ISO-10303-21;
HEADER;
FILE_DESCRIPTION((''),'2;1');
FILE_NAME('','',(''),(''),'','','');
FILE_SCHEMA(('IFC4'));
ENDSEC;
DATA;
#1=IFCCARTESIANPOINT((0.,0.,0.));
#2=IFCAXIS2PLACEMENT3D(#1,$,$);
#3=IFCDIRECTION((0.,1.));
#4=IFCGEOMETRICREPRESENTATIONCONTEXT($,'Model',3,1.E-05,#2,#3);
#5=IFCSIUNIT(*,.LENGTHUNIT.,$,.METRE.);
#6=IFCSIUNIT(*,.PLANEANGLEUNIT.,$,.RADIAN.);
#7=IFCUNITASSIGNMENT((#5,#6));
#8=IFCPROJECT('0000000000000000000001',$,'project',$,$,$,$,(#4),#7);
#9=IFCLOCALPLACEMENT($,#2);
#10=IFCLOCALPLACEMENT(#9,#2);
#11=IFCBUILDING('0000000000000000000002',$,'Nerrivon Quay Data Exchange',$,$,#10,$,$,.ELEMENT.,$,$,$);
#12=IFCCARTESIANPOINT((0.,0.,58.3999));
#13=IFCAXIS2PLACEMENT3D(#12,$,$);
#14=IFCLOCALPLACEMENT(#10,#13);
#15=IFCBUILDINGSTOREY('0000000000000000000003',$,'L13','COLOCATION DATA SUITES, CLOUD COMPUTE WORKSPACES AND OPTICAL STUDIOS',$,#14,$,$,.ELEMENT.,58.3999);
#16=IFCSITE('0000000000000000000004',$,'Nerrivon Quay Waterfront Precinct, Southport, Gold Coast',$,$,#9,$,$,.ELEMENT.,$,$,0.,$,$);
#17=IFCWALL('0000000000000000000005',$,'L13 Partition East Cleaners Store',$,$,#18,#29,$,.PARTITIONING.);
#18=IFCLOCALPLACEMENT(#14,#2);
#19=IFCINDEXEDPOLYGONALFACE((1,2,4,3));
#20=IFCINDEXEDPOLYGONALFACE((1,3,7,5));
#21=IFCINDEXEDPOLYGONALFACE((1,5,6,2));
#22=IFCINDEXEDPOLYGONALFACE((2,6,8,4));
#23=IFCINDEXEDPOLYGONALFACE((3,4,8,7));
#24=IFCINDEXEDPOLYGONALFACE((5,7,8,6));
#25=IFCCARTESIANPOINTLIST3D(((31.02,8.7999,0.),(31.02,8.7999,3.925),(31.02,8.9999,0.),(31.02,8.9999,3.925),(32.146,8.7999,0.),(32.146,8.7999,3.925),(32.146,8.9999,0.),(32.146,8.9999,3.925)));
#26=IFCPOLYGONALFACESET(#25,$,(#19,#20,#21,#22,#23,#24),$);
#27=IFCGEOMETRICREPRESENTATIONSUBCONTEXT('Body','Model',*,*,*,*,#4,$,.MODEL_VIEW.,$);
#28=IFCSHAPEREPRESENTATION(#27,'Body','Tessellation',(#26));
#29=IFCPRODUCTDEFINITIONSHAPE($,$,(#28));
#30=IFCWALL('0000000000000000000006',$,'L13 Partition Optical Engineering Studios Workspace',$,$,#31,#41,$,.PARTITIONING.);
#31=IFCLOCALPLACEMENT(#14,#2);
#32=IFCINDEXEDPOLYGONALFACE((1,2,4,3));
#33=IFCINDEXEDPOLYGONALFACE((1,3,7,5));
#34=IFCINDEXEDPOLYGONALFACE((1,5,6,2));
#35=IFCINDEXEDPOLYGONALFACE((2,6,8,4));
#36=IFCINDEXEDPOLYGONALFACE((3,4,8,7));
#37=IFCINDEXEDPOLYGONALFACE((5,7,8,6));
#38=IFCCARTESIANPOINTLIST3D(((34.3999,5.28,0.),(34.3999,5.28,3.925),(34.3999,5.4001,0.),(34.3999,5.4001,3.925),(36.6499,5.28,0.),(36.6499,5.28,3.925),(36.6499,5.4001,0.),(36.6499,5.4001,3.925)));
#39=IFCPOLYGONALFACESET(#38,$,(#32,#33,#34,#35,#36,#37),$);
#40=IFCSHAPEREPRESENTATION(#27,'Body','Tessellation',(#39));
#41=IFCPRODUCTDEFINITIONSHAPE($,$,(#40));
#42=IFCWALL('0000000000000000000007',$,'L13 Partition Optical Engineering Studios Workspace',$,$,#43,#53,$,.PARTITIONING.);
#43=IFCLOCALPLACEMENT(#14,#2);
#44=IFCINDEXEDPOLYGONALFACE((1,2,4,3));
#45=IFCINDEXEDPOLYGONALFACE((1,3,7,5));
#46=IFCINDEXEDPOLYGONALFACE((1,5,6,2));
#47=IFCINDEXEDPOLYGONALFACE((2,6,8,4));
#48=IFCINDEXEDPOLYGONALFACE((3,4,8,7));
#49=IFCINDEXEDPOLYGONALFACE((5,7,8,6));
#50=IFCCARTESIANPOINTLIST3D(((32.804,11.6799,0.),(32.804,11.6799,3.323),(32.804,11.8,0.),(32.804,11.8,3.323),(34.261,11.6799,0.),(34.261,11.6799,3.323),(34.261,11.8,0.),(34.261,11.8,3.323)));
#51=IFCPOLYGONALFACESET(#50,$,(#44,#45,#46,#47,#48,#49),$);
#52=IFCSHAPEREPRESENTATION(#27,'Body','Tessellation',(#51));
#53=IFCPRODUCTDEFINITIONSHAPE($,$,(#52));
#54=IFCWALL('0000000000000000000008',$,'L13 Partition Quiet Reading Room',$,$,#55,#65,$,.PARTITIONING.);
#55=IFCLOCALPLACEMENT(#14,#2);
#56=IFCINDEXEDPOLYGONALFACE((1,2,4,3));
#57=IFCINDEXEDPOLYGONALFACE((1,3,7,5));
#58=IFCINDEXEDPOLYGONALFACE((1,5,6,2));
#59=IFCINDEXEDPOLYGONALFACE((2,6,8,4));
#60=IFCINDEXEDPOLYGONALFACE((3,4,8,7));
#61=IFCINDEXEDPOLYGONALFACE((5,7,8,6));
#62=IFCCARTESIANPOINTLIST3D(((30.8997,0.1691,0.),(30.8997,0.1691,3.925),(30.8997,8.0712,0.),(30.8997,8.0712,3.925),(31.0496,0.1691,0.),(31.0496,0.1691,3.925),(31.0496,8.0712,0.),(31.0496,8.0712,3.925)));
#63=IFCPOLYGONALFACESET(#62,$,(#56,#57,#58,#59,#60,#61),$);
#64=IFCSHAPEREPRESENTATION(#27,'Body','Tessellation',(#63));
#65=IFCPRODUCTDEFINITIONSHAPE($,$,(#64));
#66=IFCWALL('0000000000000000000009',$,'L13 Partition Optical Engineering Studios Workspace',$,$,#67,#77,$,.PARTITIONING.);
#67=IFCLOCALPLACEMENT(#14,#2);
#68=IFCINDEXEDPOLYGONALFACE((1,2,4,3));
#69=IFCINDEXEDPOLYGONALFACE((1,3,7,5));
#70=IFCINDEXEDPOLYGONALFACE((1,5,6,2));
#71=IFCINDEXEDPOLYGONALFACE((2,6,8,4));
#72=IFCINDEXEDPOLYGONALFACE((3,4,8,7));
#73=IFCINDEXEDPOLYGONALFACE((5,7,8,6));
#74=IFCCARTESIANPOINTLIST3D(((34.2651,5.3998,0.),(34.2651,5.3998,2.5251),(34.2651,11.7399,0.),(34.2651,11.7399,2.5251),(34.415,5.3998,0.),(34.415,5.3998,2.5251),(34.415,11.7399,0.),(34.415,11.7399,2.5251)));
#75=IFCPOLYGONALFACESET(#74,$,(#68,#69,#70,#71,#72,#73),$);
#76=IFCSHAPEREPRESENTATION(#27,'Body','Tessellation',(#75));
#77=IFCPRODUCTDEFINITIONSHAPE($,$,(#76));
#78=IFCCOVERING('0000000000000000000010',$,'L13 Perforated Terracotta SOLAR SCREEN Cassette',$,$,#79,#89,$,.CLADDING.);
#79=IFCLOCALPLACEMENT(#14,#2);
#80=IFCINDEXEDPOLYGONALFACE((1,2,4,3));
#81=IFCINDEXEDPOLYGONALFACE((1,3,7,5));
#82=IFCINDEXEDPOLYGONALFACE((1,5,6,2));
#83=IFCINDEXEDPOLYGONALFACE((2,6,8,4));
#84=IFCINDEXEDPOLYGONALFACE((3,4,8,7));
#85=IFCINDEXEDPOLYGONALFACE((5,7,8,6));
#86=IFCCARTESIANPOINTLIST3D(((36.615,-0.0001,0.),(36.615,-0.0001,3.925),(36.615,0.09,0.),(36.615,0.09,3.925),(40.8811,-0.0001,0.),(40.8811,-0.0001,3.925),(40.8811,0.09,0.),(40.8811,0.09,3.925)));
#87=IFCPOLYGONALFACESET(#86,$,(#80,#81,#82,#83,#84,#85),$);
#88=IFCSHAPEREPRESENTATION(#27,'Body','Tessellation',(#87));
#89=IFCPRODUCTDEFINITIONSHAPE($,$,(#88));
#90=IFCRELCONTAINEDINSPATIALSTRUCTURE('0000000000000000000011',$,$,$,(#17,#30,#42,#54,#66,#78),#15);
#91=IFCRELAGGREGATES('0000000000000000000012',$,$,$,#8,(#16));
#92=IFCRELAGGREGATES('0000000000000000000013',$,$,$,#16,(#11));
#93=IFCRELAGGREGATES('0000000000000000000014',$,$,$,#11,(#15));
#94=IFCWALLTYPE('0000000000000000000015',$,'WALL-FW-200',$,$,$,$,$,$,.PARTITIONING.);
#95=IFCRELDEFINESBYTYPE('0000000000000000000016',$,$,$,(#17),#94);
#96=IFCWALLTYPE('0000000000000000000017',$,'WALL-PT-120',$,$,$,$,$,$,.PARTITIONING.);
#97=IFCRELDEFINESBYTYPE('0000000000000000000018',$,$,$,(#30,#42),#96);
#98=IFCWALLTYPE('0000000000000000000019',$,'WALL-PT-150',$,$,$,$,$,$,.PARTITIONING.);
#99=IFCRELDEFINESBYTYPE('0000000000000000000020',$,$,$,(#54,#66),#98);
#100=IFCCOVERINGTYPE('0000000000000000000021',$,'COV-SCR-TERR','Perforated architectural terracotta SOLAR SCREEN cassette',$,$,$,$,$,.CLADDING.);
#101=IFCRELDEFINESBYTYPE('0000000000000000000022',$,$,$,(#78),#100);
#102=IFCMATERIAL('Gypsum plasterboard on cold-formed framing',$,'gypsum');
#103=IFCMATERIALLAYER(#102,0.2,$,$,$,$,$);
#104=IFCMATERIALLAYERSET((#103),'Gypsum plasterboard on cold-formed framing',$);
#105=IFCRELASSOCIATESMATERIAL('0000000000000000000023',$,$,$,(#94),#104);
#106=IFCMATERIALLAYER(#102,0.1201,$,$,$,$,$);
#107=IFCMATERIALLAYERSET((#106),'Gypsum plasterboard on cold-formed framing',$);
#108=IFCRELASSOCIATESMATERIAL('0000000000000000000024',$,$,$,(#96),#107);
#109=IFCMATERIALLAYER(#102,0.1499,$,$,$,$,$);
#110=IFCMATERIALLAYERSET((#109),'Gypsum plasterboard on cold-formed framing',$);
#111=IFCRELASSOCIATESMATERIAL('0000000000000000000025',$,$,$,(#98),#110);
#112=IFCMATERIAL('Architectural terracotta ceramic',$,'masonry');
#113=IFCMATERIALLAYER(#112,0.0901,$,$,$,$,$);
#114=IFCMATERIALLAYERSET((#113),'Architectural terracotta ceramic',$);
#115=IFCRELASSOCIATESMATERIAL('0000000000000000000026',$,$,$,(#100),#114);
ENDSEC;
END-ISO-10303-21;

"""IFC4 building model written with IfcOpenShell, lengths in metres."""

from ifc_helpers import new_model, si_unit, direction, frame, frame_2d, origin, origin_2d, place, context, subcontext, project, spatial, rectangle, extrude, material, layer, layer_set, type_object, element, save


model = new_model("IFC4")

# Units and contexts
model_context = context("Model", 3, precision=1e-05, world=origin(), true_north=direction((0.0, 1.0)))
body_context = subcontext(model_context, "Body", "Model", "MODEL_VIEW")
ifc_project = project(units=[si_unit("LENGTHUNIT", "METRE"), si_unit("PLANEANGLEUNIT", "RADIAN")], contexts=[model_context])

# Site, building, storey
site_placement = place(None, origin())
site = spatial("IfcSite", under=ifc_project, at=site_placement, Name="Nerrivon Quay Waterfront Precinct, Southport, Gold Coast", CompositionType="ELEMENT", RefElevation=0.0)
building_placement = place(site_placement, origin())
building = spatial("IfcBuilding", under=site, at=building_placement, Name="Nerrivon Quay Data Exchange", CompositionType="ELEMENT")
storey_placement = place(building_placement, frame((0.0, 0.0, 58.3999)))
storey = spatial("IfcBuildingStorey", under=building, at=storey_placement, Name="L13", Description="COLOCATION DATA SUITES, CLOUD COMPUTE WORKSPACES AND OPTICAL STUDIOS", CompositionType="ELEMENT", Elevation=58.3999)

# Shared definitions
ifc_material_1 = material(Name="Gypsum plasterboard on cold-formed framing", Category="gypsum")
ifc_layer_1 = layer(ifc_material_1, 0.2)
ifc_layer_set_1 = layer_set([ifc_layer_1], Name="Gypsum plasterboard on cold-formed framing")
wall_type_1 = type_object("IfcWallType", Name="WALL-FW-200", PredefinedType="PARTITIONING", material=ifc_layer_set_1)

# Walls
wall_1_placement = place(storey_placement, frame((31.02, 8.8999, 0.0), z_axis=(0.0, 0.0, 1.0), x_axis=(1.0, 0.0, 0.0)))
element("IfcWall", 1, at=wall_1_placement, inside=storey, type_object=wall_type_1, Name="L13 Partition East Cleaners Store", PredefinedType="PARTITIONING", context=body_context, shape_type="SweptSolid", body=[
    extrude(rectangle(XDim=1.126, YDim=0.2, at=frame_2d((0.563, 0.0))), origin(), (0.0, 0.0, 1.0), 3.925),
])
ifc_layer_2 = layer(ifc_material_1, 0.1201)
ifc_layer_set_2 = layer_set([ifc_layer_2], Name="Gypsum plasterboard on cold-formed framing")
wall_type_2 = type_object("IfcWallType", Name="WALL-PT-120", PredefinedType="PARTITIONING", material=ifc_layer_set_2)
wall_2_placement = place(storey_placement, frame((36.6499, 5.3401, 0.0), z_axis=(0.0, 0.0, 1.0), x_axis=(-1.0, 0.0, 0.0)))
element("IfcWall", 2, at=wall_2_placement, inside=storey, type_object=wall_type_2, Name="L13 Partition Optical Engineering Studios Workspace", PredefinedType="PARTITIONING", context=body_context, shape_type="SweptSolid", body=[
    extrude(rectangle(XDim=2.25, YDim=0.1201, at=frame_2d((1.125, 0.0))), origin(), (0.0, 0.0, 1.0), 3.925),
])
wall_3_placement = place(storey_placement, frame((34.261, 11.74, 0.0), z_axis=(0.0, 0.0, 1.0), x_axis=(-1.0, 0.0, 0.0)))
element("IfcWall", 3, at=wall_3_placement, inside=storey, type_object=wall_type_2, Name="L13 Partition Optical Engineering Studios Workspace", PredefinedType="PARTITIONING", context=body_context, shape_type="SweptSolid", body=[
    extrude(rectangle(XDim=1.457, YDim=0.1201, at=frame_2d((0.7285, 0.0))), origin(), (0.0, 0.0, 1.0), 3.323),
])
ifc_layer_3 = layer(ifc_material_1, 0.1499)
ifc_layer_set_3 = layer_set([ifc_layer_3], Name="Gypsum plasterboard on cold-formed framing")
wall_type_3 = type_object("IfcWallType", Name="WALL-PT-150", PredefinedType="PARTITIONING", material=ifc_layer_set_3)
wall_4_placement = place(storey_placement, frame((30.9746, 0.1689, 0.0), z_axis=(0.0, 0.0, 1.0), x_axis=(0.0, 1.0, 0.0)))
element("IfcWall", 4, at=wall_4_placement, inside=storey, type_object=wall_type_3, Name="L13 Partition Quiet Reading Room", PredefinedType="PARTITIONING", context=body_context, shape_type="SweptSolid", body=[
    extrude(rectangle(XDim=7.9021, YDim=0.1499, at=frame_2d((3.9512, 0.0))), origin(), (0.0, 0.0, 1.0), 3.925),
])
wall_5_placement = place(storey_placement, frame((34.3401, 5.3999, 0.0), z_axis=(0.0, 0.0, 1.0), x_axis=(0.0, 1.0, 0.0)))
element("IfcWall", 5, at=wall_5_placement, inside=storey, type_object=wall_type_3, Name="L13 Partition Optical Engineering Studios Workspace", PredefinedType="PARTITIONING", context=body_context, shape_type="SweptSolid", body=[
    extrude(rectangle(XDim=6.3401, YDim=0.1499, at=frame_2d((3.1699, 0.0))), origin(), (0.0, 0.0, 1.0), 2.5251),
])

# Covering
ifc_material_2 = material(Name="Architectural terracotta ceramic", Category="masonry")
ifc_layer_4 = layer(ifc_material_2, 0.0901)
ifc_layer_set_4 = layer_set([ifc_layer_4], Name="Architectural terracotta ceramic")
covering_type = type_object("IfcCoveringType", Name="COV-SCR-TERR", Description="Perforated architectural terracotta SOLAR SCREEN cassette", PredefinedType="CLADDING", material=ifc_layer_set_4)
covering_placement = place(storey_placement, frame((38.748, 0.0449, 0.0), z_axis=(0.0, 0.0, 1.0), x_axis=(-1.0, 0.0, 0.0)))
element("IfcCovering", 6, at=covering_placement, inside=storey, type_object=covering_type, Name="L13 Perforated Terracotta SOLAR SCREEN Cassette", PredefinedType="CLADDING", context=body_context, shape_type="SweptSolid", body=[
    extrude(rectangle(XDim=4.2661, YDim=0.0901, at=origin_2d()), origin(), (0.0, 0.0, 1.0), 3.925),
])

save(model, "model.ifc")
